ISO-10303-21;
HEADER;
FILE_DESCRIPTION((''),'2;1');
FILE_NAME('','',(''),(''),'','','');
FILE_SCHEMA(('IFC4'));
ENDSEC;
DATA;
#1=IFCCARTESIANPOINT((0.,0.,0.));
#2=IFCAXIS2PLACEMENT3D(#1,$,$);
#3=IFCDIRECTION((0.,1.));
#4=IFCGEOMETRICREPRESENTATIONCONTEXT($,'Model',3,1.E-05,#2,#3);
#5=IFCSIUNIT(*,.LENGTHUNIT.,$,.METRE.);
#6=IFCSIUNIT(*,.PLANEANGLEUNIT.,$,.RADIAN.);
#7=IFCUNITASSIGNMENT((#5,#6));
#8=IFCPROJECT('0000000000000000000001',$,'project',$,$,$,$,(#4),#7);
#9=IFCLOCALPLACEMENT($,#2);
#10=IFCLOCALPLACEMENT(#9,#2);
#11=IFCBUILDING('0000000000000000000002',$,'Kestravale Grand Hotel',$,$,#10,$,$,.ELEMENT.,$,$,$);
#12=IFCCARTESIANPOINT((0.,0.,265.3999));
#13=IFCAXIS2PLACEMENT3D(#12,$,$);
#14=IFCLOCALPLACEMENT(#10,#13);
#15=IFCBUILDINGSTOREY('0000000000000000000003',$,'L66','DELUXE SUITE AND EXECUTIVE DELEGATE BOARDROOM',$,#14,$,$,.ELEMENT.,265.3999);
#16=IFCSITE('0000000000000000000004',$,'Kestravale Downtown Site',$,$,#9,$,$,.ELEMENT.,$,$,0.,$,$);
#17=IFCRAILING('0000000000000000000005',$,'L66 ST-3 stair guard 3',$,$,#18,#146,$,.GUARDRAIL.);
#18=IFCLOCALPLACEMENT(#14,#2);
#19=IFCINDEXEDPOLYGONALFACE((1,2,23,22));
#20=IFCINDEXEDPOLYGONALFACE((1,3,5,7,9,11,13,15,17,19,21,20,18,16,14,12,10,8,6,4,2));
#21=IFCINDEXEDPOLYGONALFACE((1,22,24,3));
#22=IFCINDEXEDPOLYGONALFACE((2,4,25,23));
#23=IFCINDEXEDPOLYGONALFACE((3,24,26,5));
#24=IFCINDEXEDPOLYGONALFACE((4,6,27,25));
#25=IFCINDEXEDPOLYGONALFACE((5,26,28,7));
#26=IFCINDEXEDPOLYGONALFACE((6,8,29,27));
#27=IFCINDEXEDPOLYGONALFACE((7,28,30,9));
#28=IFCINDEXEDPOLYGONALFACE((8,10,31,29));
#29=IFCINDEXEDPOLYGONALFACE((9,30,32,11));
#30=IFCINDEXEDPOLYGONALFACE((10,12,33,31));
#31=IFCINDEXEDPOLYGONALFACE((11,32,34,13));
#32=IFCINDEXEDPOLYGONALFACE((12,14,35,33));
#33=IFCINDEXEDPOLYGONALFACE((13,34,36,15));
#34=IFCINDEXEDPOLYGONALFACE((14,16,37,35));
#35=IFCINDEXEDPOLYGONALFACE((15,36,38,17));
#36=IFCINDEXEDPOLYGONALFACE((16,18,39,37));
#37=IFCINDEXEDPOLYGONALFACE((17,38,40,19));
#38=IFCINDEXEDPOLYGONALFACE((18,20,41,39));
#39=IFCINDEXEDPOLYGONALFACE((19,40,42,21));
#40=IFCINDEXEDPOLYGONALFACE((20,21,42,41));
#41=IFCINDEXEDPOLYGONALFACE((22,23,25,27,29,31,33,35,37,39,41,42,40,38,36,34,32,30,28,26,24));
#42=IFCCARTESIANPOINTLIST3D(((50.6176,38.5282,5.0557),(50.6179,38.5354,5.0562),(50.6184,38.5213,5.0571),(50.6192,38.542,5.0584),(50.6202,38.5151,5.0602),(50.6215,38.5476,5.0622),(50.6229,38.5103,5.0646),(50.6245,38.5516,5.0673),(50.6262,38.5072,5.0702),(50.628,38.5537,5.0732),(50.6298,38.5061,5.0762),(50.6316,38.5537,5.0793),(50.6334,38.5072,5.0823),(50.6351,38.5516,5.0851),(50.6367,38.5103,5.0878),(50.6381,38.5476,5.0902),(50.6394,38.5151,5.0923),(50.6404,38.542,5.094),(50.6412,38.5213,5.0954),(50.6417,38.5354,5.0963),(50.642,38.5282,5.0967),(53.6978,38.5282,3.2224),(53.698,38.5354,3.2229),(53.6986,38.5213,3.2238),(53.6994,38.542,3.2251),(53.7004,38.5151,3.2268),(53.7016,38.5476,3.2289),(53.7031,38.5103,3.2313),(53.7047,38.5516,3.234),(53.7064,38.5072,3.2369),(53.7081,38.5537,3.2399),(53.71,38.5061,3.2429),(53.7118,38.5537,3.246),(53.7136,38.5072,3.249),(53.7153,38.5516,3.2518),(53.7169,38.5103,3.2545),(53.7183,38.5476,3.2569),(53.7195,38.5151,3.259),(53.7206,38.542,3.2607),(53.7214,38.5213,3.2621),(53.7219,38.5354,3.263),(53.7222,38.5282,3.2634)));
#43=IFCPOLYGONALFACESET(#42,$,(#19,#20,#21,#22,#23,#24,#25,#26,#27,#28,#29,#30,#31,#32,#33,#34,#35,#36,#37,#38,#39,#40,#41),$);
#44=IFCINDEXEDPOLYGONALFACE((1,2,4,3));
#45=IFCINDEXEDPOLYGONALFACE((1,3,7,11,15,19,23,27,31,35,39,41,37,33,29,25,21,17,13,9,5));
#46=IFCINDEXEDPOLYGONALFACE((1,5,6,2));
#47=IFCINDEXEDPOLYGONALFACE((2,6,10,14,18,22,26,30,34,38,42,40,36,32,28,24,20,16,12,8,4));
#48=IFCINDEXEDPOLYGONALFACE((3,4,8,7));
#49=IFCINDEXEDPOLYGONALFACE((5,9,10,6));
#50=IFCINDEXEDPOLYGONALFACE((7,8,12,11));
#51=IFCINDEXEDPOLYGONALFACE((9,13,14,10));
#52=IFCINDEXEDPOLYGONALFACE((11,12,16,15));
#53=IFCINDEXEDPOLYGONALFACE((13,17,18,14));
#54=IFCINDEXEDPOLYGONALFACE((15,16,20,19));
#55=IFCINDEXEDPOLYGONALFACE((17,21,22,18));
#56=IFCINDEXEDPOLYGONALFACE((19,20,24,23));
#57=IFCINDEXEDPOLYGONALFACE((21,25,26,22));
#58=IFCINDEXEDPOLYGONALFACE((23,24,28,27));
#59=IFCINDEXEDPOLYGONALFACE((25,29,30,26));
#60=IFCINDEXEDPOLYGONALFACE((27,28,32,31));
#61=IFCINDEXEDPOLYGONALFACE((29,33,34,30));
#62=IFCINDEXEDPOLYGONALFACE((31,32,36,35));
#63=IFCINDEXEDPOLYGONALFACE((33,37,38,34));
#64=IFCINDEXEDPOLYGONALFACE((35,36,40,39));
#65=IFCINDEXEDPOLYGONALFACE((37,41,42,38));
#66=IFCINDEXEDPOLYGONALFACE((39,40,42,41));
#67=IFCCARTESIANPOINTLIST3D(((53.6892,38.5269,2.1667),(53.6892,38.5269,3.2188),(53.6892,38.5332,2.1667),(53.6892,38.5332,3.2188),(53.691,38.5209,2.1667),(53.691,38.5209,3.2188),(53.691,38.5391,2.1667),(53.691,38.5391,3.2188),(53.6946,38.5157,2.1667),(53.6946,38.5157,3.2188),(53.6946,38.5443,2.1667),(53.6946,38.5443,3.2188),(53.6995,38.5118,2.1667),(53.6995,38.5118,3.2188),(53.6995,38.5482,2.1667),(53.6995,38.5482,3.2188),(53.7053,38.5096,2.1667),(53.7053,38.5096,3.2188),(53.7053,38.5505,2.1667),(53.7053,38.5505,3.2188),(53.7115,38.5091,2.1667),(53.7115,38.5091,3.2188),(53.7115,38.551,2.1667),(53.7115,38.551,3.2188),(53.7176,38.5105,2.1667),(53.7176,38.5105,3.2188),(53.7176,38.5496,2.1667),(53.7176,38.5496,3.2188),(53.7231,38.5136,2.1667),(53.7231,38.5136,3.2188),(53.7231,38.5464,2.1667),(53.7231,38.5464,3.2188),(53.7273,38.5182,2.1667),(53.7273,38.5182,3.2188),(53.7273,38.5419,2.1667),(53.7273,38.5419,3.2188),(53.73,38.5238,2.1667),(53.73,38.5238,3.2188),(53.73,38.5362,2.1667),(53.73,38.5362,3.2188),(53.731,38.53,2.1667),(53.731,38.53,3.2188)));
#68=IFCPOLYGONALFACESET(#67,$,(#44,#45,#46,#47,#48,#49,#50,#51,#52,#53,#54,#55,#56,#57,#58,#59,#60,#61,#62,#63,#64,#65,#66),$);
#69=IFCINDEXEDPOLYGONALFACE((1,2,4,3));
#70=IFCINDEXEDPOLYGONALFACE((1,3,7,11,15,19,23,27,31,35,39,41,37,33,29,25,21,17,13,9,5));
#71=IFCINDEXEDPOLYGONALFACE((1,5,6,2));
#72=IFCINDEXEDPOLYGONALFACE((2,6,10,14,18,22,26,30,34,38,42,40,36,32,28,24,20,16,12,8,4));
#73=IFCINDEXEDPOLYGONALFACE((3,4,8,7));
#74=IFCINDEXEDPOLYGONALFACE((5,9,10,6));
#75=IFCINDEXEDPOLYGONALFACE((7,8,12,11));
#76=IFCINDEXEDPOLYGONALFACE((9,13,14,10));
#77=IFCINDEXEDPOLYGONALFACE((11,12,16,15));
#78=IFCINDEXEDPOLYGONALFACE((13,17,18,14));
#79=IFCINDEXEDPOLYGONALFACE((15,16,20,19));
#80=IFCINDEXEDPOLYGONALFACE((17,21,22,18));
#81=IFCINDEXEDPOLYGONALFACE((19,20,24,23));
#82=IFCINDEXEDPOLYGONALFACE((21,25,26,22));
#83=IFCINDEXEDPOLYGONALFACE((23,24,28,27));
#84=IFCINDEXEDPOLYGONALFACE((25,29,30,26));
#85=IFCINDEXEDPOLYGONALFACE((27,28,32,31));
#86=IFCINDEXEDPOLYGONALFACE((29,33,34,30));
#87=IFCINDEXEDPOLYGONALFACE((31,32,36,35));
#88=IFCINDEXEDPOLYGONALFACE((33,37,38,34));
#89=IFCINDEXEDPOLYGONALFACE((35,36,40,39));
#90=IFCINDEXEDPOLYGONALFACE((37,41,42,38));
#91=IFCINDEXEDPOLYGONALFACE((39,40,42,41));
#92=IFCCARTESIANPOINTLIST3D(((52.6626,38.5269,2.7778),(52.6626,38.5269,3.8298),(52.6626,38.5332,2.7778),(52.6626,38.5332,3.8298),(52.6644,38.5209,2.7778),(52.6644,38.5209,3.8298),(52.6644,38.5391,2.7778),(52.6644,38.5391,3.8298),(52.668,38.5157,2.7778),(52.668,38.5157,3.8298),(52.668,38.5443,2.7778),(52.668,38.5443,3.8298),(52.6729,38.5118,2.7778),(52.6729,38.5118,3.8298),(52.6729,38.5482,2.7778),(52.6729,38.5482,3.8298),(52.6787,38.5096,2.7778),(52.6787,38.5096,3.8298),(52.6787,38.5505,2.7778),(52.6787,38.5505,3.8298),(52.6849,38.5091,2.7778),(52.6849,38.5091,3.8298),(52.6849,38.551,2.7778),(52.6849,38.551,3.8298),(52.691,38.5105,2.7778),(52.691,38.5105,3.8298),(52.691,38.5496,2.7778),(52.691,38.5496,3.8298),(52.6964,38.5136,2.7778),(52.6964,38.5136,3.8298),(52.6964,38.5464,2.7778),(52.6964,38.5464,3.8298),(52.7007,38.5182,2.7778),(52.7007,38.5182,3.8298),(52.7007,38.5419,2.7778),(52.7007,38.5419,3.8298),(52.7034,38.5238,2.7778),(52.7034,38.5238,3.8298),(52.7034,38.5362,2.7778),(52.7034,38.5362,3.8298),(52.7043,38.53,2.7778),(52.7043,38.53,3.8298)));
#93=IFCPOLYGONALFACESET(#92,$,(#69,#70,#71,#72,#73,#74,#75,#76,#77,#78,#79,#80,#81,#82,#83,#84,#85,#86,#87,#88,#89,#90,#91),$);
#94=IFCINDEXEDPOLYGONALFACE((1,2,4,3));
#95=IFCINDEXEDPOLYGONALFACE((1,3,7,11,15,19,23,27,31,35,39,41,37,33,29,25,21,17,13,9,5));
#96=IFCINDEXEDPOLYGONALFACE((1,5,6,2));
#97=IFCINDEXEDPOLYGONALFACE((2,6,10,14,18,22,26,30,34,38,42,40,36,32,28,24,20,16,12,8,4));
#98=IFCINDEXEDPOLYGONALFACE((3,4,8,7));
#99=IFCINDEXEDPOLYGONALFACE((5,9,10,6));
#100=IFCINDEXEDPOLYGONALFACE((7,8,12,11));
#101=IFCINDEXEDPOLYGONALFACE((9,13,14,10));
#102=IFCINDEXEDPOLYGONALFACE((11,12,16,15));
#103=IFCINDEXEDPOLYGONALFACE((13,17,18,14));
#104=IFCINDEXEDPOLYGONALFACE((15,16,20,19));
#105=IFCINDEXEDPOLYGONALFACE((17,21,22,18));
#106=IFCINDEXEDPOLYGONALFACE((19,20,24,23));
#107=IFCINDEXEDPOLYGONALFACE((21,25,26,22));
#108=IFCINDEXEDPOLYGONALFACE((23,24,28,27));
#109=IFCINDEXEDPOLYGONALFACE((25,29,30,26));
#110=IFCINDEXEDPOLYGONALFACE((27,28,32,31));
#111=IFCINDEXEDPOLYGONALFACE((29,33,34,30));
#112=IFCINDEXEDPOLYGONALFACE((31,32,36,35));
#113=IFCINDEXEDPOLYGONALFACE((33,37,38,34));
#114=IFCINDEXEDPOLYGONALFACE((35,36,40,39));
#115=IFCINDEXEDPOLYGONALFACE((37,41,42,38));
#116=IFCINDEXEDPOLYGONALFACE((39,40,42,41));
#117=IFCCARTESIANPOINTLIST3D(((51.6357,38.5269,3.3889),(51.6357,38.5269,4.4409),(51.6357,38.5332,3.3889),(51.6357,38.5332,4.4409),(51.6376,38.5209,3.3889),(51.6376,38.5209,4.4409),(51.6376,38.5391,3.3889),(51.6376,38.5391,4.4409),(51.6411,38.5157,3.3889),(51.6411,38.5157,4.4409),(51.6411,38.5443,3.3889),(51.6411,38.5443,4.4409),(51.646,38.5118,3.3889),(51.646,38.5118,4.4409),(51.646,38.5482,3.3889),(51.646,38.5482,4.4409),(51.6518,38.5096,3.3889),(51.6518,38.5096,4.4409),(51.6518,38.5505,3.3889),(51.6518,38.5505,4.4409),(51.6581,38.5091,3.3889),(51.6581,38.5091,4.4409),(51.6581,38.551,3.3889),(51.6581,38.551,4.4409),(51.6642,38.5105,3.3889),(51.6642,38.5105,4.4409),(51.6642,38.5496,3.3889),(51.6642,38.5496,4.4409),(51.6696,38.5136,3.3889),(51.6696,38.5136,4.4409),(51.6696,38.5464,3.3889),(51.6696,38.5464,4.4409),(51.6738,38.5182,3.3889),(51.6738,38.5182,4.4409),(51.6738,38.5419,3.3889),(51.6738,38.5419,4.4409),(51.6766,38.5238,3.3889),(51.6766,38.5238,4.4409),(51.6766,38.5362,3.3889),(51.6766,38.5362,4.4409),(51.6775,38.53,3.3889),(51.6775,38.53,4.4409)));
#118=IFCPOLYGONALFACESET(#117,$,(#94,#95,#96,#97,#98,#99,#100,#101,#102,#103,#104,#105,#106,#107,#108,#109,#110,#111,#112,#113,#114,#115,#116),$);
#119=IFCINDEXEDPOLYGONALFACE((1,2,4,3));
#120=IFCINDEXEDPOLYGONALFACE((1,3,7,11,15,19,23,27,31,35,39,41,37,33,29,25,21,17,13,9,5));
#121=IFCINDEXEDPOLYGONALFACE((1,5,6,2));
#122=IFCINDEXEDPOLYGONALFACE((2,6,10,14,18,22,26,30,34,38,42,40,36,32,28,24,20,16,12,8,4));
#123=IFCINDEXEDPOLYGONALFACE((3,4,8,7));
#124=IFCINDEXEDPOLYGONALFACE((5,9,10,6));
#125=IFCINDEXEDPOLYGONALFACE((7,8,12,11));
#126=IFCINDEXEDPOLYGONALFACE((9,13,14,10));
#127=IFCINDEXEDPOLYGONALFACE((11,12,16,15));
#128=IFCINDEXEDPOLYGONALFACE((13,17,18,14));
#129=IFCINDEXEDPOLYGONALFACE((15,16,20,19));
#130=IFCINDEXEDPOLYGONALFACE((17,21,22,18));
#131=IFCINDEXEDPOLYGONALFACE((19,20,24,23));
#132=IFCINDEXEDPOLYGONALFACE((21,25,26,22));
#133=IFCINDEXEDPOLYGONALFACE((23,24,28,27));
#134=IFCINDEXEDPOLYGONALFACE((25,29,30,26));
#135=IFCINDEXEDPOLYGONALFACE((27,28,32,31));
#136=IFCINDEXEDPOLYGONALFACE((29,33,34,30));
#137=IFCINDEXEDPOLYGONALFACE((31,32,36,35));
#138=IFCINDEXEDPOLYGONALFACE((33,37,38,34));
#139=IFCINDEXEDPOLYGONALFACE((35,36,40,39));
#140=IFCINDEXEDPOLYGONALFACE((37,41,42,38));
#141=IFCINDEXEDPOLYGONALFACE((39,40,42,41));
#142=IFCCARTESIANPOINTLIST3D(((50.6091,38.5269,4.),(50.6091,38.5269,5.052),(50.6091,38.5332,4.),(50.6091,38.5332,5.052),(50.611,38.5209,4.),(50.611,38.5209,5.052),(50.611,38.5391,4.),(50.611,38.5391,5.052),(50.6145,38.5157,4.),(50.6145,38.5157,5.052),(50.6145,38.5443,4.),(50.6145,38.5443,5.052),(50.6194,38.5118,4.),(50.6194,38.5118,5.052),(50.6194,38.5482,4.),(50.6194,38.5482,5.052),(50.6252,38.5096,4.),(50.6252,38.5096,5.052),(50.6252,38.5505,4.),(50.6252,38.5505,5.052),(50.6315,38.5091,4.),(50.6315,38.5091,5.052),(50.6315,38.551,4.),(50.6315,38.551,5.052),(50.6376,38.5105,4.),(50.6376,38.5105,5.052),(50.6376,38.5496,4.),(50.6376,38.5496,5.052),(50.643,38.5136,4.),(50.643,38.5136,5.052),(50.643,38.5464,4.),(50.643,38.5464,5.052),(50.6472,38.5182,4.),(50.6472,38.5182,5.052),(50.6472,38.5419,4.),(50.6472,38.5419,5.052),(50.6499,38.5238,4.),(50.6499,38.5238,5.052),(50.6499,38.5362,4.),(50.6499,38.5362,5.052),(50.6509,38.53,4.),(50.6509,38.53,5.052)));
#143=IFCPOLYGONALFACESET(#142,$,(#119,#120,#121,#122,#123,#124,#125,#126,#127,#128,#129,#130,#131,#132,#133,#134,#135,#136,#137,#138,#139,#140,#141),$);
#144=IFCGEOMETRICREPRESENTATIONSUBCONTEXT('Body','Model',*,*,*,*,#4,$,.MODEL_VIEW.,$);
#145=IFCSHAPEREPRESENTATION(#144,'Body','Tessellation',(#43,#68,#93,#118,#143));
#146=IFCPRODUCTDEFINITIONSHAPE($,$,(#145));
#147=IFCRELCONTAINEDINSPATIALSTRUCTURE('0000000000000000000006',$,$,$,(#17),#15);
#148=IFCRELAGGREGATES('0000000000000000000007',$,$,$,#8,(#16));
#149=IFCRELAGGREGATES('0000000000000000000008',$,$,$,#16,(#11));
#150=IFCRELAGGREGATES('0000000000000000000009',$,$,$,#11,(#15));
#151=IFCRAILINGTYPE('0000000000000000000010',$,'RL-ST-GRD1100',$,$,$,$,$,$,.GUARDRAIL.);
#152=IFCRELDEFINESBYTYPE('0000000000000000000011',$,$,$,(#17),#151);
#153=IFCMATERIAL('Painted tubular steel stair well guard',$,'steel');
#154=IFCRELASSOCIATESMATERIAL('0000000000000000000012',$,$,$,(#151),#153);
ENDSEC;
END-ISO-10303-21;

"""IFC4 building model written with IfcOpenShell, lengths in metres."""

from ifc_helpers import new_model, si_unit, direction, frame, origin, origin_2d, place, context, subcontext, project, spatial, circle, extrude, material, type_object, element, save


model = new_model("IFC4")

# Units and contexts
model_context = context("Model", 3, precision=1e-05, world=origin(), true_north=direction((0.0, 1.0)))
body_context = subcontext(model_context, "Body", "Model", "MODEL_VIEW")
ifc_project = project(units=[si_unit("LENGTHUNIT", "METRE"), si_unit("PLANEANGLEUNIT", "RADIAN")], contexts=[model_context])

# Site, building, storey
site_placement = place(None, origin())
site = spatial("IfcSite", under=ifc_project, at=site_placement, Name="Kestravale Downtown Site", CompositionType="ELEMENT", RefElevation=0.0)
building_placement = place(site_placement, origin())
building = spatial("IfcBuilding", under=site, at=building_placement, Name="Kestravale Grand Hotel", CompositionType="ELEMENT")
storey_placement = place(building_placement, frame((0.0, 0.0, 265.3999)))
storey = spatial("IfcBuildingStorey", under=building, at=storey_placement, Name="L66", Description="DELUXE SUITE AND EXECUTIVE DELEGATE BOARDROOM", CompositionType="ELEMENT", Elevation=265.3999)

# Railing
ifc_material_1 = material(Name="Painted tubular steel stair well guard", Category="steel")
railing_type_1 = type_object("IfcRailingType", Name="RL-ST-GRD1100", PredefinedType="GUARDRAIL", material=ifc_material_1)
railing_1_placement = place(storey_placement, frame((53.71, 38.53, 2.1667)))
element("IfcRailing", 1, at=railing_1_placement, inside=storey, type_object=railing_type_1, Name="L66 ST-3 stair guard 3", PredefinedType="GUARDRAIL", context=body_context, shape_type="SweptSolid", body=[
    extrude(circle(Radius=0.0239, at=origin_2d()), frame((0.0, 0.0, 1.0762), z_axis=(-0.859309, 0.0, 0.511458), x_axis=(0.0, -1.0, 0.0)), (0.0, 0.0, 1.0), 3.5845),
    extrude(circle(Radius=0.021, at=origin_2d()), origin(), (0.0, 0.0, 1.0), 1.052),
    extrude(circle(Radius=0.021, at=origin_2d()), frame((-1.0266, 0.0, 0.6111)), (0.0, 0.0, 1.0), 1.052),
    extrude(circle(Radius=0.021, at=origin_2d()), frame((-2.0535, 0.0, 1.2222)), (0.0, 0.0, 1.0), 1.052),
    extrude(circle(Radius=0.021, at=origin_2d()), frame((-3.0801, 0.0, 1.8333)), (0.0, 0.0, 1.0), 1.052),
])

save(model, "model.ifc")
